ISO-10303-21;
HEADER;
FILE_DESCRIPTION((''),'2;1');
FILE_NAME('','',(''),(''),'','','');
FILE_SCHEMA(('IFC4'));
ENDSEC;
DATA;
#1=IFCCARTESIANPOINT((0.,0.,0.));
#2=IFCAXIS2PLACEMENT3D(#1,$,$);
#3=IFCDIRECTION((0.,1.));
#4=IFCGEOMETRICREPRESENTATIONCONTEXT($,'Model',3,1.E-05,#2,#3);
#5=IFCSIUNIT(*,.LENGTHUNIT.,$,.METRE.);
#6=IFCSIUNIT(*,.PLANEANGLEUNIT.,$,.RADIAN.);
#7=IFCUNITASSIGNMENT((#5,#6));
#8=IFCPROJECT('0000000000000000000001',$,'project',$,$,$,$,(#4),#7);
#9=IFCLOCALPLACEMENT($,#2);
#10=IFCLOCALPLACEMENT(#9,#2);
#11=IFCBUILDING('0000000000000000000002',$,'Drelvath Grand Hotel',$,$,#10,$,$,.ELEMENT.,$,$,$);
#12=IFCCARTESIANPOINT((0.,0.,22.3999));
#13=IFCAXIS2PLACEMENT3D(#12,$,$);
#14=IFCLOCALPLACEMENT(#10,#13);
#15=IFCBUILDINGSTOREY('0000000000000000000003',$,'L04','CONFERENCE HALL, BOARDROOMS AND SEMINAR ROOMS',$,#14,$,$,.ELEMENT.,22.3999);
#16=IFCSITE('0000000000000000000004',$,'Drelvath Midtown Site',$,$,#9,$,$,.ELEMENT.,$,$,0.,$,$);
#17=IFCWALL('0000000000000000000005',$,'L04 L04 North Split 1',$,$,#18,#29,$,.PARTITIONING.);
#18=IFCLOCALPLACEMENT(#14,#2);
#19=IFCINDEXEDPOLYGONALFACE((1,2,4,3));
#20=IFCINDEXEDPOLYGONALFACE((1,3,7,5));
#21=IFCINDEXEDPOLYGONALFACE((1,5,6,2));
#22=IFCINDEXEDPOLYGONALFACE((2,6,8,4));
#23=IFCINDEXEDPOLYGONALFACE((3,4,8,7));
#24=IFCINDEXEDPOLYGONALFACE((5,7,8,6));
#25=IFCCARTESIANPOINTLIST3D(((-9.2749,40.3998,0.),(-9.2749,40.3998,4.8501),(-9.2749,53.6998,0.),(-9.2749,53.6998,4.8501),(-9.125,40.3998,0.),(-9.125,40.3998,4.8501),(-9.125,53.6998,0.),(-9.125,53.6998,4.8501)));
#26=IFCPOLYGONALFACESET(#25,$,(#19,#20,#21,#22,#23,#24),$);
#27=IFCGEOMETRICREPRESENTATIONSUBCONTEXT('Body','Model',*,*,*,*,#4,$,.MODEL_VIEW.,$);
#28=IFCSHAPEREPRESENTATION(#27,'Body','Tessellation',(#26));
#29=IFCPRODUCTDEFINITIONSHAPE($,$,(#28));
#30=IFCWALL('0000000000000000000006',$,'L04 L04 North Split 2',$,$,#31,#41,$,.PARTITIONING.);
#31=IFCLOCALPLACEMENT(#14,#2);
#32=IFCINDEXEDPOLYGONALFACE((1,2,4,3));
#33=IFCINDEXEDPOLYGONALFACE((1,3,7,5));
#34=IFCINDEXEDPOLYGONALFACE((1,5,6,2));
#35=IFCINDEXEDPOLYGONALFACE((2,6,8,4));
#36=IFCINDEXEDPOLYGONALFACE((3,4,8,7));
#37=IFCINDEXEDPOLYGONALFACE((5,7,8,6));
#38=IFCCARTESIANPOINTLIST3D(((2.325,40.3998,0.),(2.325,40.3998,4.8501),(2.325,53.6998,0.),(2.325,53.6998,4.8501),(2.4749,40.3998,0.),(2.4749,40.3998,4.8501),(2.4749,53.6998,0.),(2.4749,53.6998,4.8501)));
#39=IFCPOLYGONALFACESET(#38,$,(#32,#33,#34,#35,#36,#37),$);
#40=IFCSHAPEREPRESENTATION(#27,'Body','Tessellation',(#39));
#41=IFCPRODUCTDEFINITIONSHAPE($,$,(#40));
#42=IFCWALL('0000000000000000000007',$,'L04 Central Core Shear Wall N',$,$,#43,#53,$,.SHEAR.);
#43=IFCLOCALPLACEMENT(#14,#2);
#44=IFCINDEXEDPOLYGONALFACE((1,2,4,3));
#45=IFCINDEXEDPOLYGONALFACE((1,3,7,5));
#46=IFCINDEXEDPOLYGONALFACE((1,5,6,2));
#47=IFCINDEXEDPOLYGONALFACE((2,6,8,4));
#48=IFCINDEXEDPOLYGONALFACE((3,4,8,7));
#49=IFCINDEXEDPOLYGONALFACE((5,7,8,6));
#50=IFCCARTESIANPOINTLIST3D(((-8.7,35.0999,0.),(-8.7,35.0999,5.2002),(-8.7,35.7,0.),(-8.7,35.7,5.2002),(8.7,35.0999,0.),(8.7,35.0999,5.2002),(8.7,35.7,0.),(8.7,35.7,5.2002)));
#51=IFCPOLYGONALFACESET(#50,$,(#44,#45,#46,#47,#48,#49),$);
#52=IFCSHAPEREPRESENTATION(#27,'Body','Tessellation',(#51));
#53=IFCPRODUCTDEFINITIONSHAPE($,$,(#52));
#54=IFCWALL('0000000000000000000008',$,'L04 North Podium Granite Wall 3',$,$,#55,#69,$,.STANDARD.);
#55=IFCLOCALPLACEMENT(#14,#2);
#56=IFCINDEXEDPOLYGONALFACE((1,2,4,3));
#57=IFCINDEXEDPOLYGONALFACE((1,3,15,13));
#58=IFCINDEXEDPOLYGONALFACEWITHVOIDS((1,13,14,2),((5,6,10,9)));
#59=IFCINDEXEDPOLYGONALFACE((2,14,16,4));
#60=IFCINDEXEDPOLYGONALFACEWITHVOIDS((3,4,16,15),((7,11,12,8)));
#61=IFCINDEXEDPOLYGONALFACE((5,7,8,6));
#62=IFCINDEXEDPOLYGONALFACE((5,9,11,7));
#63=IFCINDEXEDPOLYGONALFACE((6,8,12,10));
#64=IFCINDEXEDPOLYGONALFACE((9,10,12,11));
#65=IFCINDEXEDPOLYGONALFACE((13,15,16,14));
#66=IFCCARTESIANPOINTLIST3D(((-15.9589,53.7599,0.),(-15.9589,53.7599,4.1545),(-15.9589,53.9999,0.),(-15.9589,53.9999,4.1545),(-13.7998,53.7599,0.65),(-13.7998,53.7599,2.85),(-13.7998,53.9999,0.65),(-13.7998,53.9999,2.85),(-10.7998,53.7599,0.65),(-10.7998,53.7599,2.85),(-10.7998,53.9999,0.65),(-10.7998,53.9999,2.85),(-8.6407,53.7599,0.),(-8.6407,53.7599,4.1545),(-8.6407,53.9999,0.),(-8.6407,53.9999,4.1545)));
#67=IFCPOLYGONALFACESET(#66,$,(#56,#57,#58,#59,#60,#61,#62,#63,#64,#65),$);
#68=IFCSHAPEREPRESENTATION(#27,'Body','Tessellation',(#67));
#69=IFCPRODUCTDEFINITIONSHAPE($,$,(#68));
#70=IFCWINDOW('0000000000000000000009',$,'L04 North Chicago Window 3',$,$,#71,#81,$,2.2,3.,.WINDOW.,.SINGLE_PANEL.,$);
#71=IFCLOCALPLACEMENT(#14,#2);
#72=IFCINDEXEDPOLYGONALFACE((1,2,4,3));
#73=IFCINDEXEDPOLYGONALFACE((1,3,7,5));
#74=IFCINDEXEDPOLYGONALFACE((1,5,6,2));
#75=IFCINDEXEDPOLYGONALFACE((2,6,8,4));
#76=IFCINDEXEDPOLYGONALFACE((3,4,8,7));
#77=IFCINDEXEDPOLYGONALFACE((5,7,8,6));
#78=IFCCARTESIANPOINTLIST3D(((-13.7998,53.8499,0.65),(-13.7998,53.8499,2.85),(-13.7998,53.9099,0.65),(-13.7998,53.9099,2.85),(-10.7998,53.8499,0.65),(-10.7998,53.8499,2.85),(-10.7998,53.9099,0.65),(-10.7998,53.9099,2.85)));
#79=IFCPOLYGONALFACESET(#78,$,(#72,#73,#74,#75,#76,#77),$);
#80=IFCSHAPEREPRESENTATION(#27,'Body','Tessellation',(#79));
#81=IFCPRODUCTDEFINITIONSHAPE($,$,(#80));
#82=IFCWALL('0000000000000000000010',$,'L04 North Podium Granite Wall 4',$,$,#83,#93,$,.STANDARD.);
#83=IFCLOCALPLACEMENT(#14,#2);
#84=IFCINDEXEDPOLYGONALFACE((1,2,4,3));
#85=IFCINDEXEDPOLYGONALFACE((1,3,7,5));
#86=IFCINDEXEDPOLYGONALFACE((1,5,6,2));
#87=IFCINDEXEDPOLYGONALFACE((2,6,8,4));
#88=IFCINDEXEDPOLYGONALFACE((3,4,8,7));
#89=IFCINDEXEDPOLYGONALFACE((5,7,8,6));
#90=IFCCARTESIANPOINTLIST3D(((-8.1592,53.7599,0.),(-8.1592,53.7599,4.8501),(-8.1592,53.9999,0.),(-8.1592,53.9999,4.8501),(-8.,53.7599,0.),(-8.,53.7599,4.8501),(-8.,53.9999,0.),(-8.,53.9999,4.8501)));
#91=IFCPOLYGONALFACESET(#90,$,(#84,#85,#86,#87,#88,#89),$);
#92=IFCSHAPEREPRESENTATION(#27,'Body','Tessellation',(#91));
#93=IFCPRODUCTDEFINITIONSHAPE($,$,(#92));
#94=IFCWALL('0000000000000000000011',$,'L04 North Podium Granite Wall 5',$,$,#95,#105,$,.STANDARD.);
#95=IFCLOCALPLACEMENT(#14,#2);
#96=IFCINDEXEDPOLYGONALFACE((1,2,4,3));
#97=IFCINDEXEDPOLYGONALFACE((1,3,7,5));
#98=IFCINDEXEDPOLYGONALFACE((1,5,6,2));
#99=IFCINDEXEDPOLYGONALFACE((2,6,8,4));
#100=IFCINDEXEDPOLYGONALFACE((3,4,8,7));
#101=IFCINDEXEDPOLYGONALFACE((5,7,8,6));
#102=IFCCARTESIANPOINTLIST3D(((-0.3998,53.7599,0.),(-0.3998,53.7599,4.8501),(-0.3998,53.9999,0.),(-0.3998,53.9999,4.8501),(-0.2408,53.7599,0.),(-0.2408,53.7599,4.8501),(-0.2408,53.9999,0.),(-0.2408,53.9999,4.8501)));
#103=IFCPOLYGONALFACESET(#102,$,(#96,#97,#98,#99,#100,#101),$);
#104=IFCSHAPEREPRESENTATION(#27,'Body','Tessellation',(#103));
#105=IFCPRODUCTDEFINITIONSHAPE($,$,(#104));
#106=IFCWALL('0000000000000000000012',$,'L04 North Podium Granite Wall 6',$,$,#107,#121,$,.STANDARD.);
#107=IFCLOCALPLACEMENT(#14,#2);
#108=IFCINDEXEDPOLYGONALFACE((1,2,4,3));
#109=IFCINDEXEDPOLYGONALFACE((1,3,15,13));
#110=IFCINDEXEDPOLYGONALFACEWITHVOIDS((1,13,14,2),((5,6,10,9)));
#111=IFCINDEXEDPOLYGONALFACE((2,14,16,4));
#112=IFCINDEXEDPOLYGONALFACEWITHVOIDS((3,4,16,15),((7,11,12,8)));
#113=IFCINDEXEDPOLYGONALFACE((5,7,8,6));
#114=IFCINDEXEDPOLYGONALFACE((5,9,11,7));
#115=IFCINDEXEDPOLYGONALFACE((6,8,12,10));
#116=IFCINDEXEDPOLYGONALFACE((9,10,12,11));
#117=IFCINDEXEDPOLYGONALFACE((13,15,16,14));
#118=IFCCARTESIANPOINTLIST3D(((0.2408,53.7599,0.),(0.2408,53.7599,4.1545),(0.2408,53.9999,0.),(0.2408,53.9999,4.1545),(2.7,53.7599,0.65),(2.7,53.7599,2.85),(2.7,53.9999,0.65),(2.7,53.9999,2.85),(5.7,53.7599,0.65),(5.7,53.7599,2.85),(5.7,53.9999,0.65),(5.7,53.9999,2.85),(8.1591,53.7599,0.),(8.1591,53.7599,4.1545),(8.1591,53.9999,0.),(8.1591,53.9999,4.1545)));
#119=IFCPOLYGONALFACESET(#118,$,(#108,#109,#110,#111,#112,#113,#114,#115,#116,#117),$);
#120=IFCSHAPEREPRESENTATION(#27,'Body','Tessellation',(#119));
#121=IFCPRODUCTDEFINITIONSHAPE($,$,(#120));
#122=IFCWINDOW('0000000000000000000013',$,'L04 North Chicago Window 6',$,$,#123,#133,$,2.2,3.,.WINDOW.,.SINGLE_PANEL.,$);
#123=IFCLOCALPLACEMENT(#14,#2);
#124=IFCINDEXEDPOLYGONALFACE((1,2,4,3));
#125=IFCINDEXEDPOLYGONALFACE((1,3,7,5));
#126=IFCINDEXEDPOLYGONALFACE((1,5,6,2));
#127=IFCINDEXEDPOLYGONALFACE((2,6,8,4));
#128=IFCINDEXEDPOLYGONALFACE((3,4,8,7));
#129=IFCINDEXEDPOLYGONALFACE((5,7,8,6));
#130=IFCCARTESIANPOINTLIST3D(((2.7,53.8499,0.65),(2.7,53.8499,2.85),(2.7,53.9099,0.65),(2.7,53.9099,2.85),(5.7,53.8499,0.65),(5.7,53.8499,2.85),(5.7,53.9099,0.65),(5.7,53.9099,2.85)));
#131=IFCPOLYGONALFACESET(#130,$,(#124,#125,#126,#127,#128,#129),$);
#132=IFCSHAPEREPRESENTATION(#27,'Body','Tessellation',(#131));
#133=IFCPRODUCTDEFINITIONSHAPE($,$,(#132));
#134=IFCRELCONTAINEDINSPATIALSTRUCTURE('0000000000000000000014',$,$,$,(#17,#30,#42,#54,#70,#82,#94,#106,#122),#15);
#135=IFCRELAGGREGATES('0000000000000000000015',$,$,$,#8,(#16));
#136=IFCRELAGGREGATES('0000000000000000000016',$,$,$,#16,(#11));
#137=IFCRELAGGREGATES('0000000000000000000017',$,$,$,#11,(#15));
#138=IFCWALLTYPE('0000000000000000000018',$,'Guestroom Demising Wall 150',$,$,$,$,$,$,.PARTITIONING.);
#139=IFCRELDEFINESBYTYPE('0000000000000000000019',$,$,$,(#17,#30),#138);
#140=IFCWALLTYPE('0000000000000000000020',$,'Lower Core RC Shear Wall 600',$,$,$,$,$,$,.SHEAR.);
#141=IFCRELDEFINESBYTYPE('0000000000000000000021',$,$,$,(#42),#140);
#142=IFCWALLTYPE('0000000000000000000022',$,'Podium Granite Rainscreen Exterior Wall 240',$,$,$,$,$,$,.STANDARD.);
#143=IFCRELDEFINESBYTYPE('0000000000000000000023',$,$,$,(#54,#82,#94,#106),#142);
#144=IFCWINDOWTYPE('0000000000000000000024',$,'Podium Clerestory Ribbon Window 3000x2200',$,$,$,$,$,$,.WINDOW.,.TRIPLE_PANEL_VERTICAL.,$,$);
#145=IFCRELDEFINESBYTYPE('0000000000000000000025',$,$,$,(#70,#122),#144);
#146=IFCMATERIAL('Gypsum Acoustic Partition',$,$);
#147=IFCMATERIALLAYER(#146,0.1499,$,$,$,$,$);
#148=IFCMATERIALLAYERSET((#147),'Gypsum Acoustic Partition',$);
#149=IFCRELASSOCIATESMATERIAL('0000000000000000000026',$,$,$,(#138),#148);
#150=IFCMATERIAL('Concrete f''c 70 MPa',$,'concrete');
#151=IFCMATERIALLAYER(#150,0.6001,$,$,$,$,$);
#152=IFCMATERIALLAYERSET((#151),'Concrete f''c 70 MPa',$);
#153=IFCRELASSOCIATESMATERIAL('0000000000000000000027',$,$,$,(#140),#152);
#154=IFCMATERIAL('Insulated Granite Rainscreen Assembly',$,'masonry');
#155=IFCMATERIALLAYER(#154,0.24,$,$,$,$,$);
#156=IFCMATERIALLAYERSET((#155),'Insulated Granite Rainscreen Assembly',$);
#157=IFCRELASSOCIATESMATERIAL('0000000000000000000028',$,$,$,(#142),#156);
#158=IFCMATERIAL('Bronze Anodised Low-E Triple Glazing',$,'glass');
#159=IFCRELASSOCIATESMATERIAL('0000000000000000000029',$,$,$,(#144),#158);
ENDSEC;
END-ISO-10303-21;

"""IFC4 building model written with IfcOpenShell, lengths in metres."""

from ifc_helpers import new_model, si_unit, direction, frame, frame_2d, origin, place, context, subcontext, project, spatial, rectangle, extrude, material, layer, layer_set, type_object, element, fill, save


model = new_model("IFC4")

# Units and contexts
model_context = context("Model", 3, precision=1e-05, world=origin(), true_north=direction((0.0, 1.0)))
body_context = subcontext(model_context, "Body", "Model", "MODEL_VIEW")
ifc_project = project(units=[si_unit("LENGTHUNIT", "METRE"), si_unit("PLANEANGLEUNIT", "RADIAN")], contexts=[model_context])

# Site, building, storey
site_placement = place(None, origin())
site = spatial("IfcSite", under=ifc_project, at=site_placement, Name="Drelvath Midtown Site", CompositionType="ELEMENT", RefElevation=0.0)
building_placement = place(site_placement, origin())
building = spatial("IfcBuilding", under=site, at=building_placement, Name="Drelvath Grand Hotel", CompositionType="ELEMENT")
storey_placement = place(building_placement, frame((0.0, 0.0, 22.3999)))
storey = spatial("IfcBuildingStorey", under=building, at=storey_placement, Name="L04", Description="CONFERENCE HALL, BOARDROOMS AND SEMINAR ROOMS", CompositionType="ELEMENT", Elevation=22.3999)

# Walls
ifc_material_1 = material(Name="Gypsum Acoustic Partition")
ifc_layer_1 = layer(ifc_material_1, 0.1499)
ifc_layer_set_1 = layer_set([ifc_layer_1], Name="Gypsum Acoustic Partition")
wall_type_1 = type_object("IfcWallType", Name="Guestroom Demising Wall 150", PredefinedType="PARTITIONING", material=ifc_layer_set_1)
for number, where, z_axis, x_axis, name in (
    (1, (-9.2, 40.3999, 0.0), (0.0, 0.0, 1.0), (0.0, 1.0, 0.0), "L04 L04 North Split 1"),
    (2, (2.3999, 40.3999, 0.0), (0.0, 0.0, 1.0), (0.0, 1.0, 0.0), "L04 L04 North Split 2"),
):
    element("IfcWall", number, at=place(storey_placement, frame(where, z_axis=z_axis, x_axis=x_axis)), inside=storey, type_object=wall_type_1, Name=name, PredefinedType="PARTITIONING", context=body_context, shape_type="SweptSolid", body=[
        extrude(rectangle(XDim=13.3, YDim=0.1499, at=frame_2d((6.6499, 0.0))), origin(), (0.0, 0.0, 1.0), 4.8501),
    ])
ifc_material_2 = material(Name="Concrete f'c 70 MPa", Category="concrete")
ifc_layer_2 = layer(ifc_material_2, 0.6001)
ifc_layer_set_2 = layer_set([ifc_layer_2], Name="Concrete f'c 70 MPa")
wall_type_2 = type_object("IfcWallType", Name="Lower Core RC Shear Wall 600", PredefinedType="SHEAR", material=ifc_layer_set_2)
wall_1_placement = place(storey_placement, frame((-8.7, 35.3999, 0.0), z_axis=(0.0, 0.0, 1.0), x_axis=(1.0, 0.0, 0.0)))
element("IfcWall", 3, at=wall_1_placement, inside=storey, type_object=wall_type_2, Name="L04 Central Core Shear Wall N", PredefinedType="SHEAR", context=body_context, shape_type="SweptSolid", body=[
    extrude(rectangle(XDim=17.3999, YDim=0.6001, at=frame_2d((8.7, 0.0))), origin(), (0.0, 0.0, 1.0), 5.2002),
])

# Wall, opening, window
ifc_material_3 = material(Name="Insulated Granite Rainscreen Assembly", Category="masonry")
ifc_layer_3 = layer(ifc_material_3, 0.24)
ifc_layer_set_3 = layer_set([ifc_layer_3], Name="Insulated Granite Rainscreen Assembly")
wall_type_3 = type_object("IfcWallType", Name="Podium Granite Rainscreen Exterior Wall 240", PredefinedType="STANDARD", material=ifc_layer_set_3)
wall_2_placement = place(storey_placement, frame((-15.959, 53.8799, 0.0), z_axis=(0.0, 0.0, 1.0), x_axis=(1.0, 0.0, 0.0)))
wall_2 = element("IfcWall", 4, at=wall_2_placement, inside=storey, type_object=wall_type_3, Name="L04 North Podium Granite Wall 3", PredefinedType="STANDARD", context=body_context, shape_type="SweptSolid", body=[
    extrude(rectangle(XDim=7.3181, YDim=0.24, at=frame_2d((3.6592, 0.0))), origin(), (0.0, 0.0, 1.0), 4.1545),
])
opening_1_placement = place(wall_2_placement, frame((2.1592, 0.0, 0.6499)))
opening_1 = element("IfcOpeningElement", 5, at=opening_1_placement, cuts=wall_2, PredefinedType="OPENING", context=body_context, shape_type="SweptSolid", body=[
    extrude(rectangle(XDim=3.0, YDim=2.2, at=frame_2d((1.5, 1.1001))), frame((0.0, 0.1299, 0.0), z_axis=(0.0, -1.0, 0.0), x_axis=(1.0, 0.0, 0.0)), (0.0, 0.0, 1.0), 0.26),
])
ifc_material_4 = material(Name="Bronze Anodised Low-E Triple Glazing", Category="glass")
window_type = type_object("IfcWindowType", Name="Podium Clerestory Ribbon Window 3000x2200", PartitioningType="TRIPLE_PANEL_VERTICAL", PredefinedType="WINDOW", material=ifc_material_4)
window_1_placement = place(opening_1_placement, origin())
window_1 = element("IfcWindow", 6, at=window_1_placement, inside=storey, type_object=window_type, Name="L04 North Chicago Window 3", OverallHeight=2.2, OverallWidth=3.0, PartitioningType="SINGLE_PANEL", PredefinedType="WINDOW", context=body_context, shape_type="SweptSolid", body=[
    extrude(rectangle(XDim=3.0, YDim=2.2, at=frame_2d((1.5, 1.1001))), frame((0.0, 0.03, 0.0), z_axis=(0.0, -1.0, 0.0), x_axis=(1.0, 0.0, 0.0)), (0.0, 0.0, 1.0), 0.0601),
])
fill(opening_1, window_1)

# Walls
wall_3_placement = place(storey_placement, frame((-8.1592, 53.8799, 0.0), z_axis=(0.0, 0.0, 1.0), x_axis=(1.0, 0.0, 0.0)))
element("IfcWall", 7, at=wall_3_placement, inside=storey, type_object=wall_type_3, Name="L04 North Podium Granite Wall 4", PredefinedType="STANDARD", context=body_context, shape_type="SweptSolid", body=[
    extrude(rectangle(XDim=0.1592, YDim=0.24, at=frame_2d((0.0796, 0.0))), origin(), (0.0, 0.0, 1.0), 4.8501),
])
wall_4_placement = place(storey_placement, frame((-0.3999, 53.8799, 0.0), z_axis=(0.0, 0.0, 1.0), x_axis=(1.0, 0.0, 0.0)))
element("IfcWall", 8, at=wall_4_placement, inside=storey, type_object=wall_type_3, Name="L04 North Podium Granite Wall 5", PredefinedType="STANDARD", context=body_context, shape_type="SweptSolid", body=[
    extrude(rectangle(XDim=0.1589, YDim=0.24, at=frame_2d((0.0796, 0.0))), origin(), (0.0, 0.0, 1.0), 4.8501),
])

# Wall, opening, window
wall_5_placement = place(storey_placement, frame((0.241, 53.8799, 0.0), z_axis=(0.0, 0.0, 1.0), x_axis=(1.0, 0.0, 0.0)))
wall_5 = element("IfcWall", 9, at=wall_5_placement, inside=storey, type_object=wall_type_3, Name="L04 North Podium Granite Wall 6", PredefinedType="STANDARD", context=body_context, shape_type="SweptSolid", body=[
    extrude(rectangle(XDim=7.9182, YDim=0.24, at=frame_2d((3.959, 0.0))), origin(), (0.0, 0.0, 1.0), 4.1545),
])
opening_2_placement = place(wall_5_placement, frame((2.459, 0.0, 0.6499)))
opening_2 = element("IfcOpeningElement", 10, at=opening_2_placement, cuts=wall_5, PredefinedType="OPENING", context=body_context, shape_type="SweptSolid", body=[
    extrude(rectangle(XDim=3.0, YDim=2.2, at=frame_2d((1.5, 1.1001))), frame((0.0, 0.1299, 0.0), z_axis=(0.0, -1.0, 0.0), x_axis=(1.0, 0.0, 0.0)), (0.0, 0.0, 1.0), 0.26),
])
window_2_placement = place(opening_2_placement, origin())
window_2 = element("IfcWindow", 11, at=window_2_placement, inside=storey, type_object=window_type, Name="L04 North Chicago Window 6", OverallHeight=2.2, OverallWidth=3.0, PartitioningType="SINGLE_PANEL", PredefinedType="WINDOW", context=body_context, shape_type="SweptSolid", body=[
    extrude(rectangle(XDim=3.0, YDim=2.2, at=frame_2d((1.5, 1.1001))), frame((0.0, 0.03, 0.0), z_axis=(0.0, -1.0, 0.0), x_axis=(1.0, 0.0, 0.0)), (0.0, 0.0, 1.0), 0.0601),
])
fill(opening_2, window_2)

save(model, "model.ifc")
